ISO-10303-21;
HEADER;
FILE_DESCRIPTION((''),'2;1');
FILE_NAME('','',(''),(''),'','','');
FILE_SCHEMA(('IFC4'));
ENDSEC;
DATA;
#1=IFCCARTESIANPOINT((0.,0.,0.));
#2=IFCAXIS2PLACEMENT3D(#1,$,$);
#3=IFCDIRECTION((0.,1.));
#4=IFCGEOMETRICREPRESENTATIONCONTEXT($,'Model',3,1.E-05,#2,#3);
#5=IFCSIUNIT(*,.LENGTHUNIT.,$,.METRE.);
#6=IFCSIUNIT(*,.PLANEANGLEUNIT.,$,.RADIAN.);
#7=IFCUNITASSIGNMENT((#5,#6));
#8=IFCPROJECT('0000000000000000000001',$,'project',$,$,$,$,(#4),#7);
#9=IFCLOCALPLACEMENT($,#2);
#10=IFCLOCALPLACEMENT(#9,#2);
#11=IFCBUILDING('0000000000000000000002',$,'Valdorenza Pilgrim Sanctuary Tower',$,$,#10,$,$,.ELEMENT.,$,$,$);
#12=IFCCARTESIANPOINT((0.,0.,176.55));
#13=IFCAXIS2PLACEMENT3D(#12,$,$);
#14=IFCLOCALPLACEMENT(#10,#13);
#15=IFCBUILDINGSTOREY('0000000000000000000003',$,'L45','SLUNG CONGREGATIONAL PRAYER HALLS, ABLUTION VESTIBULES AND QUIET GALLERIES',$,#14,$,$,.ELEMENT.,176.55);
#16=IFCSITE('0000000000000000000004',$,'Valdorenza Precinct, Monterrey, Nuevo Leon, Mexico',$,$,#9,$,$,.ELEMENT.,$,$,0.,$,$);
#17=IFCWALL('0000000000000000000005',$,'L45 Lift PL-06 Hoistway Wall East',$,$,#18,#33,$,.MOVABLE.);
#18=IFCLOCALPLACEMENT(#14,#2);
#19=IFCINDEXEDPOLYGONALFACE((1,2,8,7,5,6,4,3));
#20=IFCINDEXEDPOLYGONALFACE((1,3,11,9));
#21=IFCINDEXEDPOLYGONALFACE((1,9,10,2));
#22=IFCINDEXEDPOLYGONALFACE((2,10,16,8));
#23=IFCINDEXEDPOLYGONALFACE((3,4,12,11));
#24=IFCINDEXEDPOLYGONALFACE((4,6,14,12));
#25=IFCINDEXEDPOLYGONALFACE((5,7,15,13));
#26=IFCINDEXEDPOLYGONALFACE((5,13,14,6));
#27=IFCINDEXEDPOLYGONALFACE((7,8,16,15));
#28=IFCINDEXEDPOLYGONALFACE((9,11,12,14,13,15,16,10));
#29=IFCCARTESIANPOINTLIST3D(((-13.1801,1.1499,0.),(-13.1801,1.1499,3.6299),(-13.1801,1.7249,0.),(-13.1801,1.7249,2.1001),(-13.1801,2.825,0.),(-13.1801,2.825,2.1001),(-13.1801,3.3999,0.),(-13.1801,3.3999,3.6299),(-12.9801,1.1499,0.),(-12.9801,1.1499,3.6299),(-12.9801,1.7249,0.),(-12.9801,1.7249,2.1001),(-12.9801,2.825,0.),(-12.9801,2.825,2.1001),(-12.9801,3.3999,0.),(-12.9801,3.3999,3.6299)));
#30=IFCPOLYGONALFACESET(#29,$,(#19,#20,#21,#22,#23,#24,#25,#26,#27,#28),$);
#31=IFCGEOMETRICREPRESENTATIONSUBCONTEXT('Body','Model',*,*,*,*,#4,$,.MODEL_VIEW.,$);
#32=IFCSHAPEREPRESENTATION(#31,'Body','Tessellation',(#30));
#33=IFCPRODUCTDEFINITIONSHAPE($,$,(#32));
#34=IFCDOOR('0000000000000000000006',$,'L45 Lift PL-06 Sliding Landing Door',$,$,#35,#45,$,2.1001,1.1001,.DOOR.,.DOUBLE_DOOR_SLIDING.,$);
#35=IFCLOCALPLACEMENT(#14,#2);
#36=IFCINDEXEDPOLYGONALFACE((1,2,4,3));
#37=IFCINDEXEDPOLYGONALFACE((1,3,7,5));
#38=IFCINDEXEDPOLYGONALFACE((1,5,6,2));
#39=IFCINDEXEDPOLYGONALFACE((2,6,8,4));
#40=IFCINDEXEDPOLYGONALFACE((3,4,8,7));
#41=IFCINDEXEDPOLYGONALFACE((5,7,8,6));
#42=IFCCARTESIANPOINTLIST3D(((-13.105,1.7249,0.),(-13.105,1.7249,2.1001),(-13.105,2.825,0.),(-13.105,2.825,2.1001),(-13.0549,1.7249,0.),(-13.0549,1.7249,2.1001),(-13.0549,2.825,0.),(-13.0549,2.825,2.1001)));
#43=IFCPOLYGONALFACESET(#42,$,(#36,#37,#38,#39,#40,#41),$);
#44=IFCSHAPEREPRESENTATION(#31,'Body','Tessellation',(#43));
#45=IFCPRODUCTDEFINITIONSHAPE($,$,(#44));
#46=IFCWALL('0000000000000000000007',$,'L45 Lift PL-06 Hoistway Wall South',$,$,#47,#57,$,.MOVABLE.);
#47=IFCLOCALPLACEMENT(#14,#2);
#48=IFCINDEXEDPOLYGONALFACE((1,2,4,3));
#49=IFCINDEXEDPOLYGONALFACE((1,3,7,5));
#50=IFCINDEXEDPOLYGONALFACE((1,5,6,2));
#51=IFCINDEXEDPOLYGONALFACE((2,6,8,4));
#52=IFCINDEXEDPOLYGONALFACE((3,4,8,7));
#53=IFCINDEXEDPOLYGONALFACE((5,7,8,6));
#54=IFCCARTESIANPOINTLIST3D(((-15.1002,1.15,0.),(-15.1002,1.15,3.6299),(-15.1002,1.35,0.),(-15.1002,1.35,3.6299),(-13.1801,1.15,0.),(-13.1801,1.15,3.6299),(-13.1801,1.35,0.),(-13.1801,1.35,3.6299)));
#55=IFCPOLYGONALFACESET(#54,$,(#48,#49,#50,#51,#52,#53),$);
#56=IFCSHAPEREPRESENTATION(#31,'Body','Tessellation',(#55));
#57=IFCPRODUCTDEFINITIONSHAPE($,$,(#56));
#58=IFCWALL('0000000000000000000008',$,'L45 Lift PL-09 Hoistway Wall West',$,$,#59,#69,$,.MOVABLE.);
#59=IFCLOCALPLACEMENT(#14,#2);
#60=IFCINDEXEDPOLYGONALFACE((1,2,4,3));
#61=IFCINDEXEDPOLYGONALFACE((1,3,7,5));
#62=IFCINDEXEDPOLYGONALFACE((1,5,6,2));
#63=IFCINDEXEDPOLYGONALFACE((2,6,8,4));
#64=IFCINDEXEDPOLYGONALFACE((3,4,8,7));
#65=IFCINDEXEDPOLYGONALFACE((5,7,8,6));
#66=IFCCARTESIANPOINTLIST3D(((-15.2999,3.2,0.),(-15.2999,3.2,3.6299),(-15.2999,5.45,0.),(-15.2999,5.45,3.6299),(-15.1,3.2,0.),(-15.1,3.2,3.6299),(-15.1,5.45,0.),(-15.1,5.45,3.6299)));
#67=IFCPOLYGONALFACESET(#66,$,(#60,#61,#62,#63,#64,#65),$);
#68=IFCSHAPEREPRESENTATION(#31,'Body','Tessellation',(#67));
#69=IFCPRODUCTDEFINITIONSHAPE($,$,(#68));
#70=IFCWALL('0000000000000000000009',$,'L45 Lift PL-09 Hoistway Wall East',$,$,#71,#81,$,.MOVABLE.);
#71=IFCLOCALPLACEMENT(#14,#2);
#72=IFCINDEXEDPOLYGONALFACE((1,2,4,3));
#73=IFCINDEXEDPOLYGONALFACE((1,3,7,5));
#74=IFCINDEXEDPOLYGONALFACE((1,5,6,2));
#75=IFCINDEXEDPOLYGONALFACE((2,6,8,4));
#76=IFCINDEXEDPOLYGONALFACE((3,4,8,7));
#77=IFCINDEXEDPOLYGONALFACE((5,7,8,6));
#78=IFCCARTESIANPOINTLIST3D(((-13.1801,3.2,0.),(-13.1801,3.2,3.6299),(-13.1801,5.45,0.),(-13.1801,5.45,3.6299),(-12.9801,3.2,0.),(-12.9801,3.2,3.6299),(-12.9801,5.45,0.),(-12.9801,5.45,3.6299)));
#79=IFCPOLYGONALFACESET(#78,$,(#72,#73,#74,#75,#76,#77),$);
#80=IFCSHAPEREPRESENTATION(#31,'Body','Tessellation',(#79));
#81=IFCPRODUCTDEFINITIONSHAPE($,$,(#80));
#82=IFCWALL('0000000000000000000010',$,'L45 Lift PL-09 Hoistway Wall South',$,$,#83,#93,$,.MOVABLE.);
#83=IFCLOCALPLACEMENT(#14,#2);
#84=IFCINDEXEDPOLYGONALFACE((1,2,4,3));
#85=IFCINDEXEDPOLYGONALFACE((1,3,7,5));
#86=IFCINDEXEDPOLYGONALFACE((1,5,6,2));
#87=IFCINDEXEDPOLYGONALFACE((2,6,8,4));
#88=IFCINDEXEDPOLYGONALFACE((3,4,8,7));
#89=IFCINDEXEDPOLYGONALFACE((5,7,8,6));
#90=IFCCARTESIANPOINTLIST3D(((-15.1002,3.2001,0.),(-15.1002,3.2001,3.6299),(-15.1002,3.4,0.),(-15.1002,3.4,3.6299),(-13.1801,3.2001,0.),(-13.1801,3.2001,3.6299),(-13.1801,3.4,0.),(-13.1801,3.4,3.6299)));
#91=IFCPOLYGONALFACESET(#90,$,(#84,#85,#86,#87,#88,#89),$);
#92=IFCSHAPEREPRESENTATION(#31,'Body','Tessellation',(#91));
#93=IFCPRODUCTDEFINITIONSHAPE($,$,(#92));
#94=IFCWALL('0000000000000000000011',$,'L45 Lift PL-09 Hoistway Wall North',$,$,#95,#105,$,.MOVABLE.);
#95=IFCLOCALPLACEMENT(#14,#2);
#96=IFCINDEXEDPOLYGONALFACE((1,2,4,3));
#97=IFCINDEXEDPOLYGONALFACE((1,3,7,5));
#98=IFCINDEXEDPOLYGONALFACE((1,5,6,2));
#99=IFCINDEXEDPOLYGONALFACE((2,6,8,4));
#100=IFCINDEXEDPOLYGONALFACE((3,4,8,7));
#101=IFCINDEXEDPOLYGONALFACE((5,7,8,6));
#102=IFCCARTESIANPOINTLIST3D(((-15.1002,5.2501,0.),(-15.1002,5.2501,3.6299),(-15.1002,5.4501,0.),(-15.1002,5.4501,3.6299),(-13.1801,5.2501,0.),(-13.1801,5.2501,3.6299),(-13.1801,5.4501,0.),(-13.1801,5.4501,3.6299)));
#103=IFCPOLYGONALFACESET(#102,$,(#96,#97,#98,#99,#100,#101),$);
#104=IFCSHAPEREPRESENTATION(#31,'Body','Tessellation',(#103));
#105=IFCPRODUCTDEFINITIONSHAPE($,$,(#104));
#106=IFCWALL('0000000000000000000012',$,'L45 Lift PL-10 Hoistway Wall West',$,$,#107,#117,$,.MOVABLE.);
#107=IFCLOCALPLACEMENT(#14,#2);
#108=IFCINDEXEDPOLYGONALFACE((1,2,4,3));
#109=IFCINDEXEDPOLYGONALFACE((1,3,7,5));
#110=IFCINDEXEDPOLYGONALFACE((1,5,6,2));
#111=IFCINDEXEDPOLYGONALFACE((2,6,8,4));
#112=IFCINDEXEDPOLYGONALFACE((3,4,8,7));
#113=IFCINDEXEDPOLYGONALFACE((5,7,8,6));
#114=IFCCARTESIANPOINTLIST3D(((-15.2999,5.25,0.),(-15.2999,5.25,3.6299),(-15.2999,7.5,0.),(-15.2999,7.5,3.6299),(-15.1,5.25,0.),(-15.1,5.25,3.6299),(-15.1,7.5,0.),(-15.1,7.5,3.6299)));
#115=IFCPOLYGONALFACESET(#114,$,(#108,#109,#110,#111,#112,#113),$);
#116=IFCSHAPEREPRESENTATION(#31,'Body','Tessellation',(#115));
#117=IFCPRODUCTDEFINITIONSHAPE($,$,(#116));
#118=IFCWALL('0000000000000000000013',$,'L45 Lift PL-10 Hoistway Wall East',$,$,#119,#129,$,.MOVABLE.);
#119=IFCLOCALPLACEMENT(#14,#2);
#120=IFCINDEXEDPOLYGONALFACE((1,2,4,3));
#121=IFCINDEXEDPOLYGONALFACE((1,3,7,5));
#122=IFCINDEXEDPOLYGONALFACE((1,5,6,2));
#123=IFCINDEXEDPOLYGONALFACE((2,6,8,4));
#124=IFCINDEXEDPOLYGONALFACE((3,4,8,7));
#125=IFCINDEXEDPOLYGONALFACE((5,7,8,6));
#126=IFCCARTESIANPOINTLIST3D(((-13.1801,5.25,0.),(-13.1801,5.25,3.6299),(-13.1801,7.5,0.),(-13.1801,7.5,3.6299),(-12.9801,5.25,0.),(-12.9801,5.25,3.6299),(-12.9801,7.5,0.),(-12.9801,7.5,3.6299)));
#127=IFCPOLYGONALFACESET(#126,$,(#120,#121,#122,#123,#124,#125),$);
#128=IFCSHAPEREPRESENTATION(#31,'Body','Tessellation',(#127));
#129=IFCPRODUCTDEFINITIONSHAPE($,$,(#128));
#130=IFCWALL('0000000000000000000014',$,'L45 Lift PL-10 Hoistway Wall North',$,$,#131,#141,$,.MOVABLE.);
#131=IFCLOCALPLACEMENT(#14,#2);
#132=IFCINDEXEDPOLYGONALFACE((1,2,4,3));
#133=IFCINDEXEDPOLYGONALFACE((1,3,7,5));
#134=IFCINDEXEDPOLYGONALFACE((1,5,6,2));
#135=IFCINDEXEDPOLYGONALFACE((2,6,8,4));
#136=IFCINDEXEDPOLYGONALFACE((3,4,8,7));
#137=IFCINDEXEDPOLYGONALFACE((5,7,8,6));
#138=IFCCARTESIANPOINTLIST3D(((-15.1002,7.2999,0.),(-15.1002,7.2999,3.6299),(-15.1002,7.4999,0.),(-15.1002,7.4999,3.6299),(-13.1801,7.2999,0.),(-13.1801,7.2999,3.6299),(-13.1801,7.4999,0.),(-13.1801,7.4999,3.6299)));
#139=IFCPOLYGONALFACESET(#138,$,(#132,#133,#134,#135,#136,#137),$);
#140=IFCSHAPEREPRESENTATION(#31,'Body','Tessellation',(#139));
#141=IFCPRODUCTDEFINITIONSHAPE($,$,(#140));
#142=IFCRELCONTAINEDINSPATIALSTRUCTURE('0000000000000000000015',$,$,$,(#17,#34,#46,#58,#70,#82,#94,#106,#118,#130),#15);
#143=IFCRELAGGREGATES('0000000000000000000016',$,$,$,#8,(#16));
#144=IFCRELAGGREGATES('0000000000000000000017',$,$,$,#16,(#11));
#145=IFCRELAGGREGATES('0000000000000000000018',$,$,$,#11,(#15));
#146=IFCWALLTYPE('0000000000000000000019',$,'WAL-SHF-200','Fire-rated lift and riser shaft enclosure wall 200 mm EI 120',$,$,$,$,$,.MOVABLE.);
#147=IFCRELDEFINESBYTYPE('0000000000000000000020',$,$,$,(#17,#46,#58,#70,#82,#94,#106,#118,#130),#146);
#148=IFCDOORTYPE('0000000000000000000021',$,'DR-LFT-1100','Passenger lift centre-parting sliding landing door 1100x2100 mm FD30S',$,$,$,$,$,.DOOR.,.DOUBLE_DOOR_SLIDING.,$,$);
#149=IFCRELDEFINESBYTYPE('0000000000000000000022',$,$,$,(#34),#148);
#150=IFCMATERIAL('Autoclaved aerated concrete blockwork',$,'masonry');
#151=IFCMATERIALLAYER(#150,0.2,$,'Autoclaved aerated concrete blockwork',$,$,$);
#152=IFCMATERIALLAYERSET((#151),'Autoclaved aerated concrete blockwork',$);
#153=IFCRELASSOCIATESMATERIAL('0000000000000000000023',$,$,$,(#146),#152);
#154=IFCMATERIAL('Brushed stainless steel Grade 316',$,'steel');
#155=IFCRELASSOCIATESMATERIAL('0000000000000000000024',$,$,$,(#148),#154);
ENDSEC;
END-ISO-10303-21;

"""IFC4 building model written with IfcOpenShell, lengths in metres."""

from ifc_helpers import new_model, si_unit, direction, frame, frame_2d, origin, place, context, subcontext, project, spatial, rectangle, extrude, material, layer, layer_set, type_object, element, fill, save


model = new_model("IFC4")

# Units and contexts
model_context = context("Model", 3, precision=1e-05, world=origin(), true_north=direction((0.0, 1.0)))
body_context = subcontext(model_context, "Body", "Model", "MODEL_VIEW")
ifc_project = project(units=[si_unit("LENGTHUNIT", "METRE"), si_unit("PLANEANGLEUNIT", "RADIAN")], contexts=[model_context])

# Site, building, storey
site_placement = place(None, origin())
site = spatial("IfcSite", under=ifc_project, at=site_placement, Name="Valdorenza Precinct, Monterrey, Nuevo Leon, Mexico", CompositionType="ELEMENT", RefElevation=0.0)
building_placement = place(site_placement, origin())
building = spatial("IfcBuilding", under=site, at=building_placement, Name="Valdorenza Pilgrim Sanctuary Tower", CompositionType="ELEMENT")
storey_placement = place(building_placement, frame((0.0, 0.0, 176.55)))
storey = spatial("IfcBuildingStorey", under=building, at=storey_placement, Name="L45", Description="SLUNG CONGREGATIONAL PRAYER HALLS, ABLUTION VESTIBULES AND QUIET GALLERIES", CompositionType="ELEMENT", Elevation=176.55)

# Shared definitions
ifc_material_1 = material(Name="Autoclaved aerated concrete blockwork", Category="masonry")
ifc_layer_1 = layer(ifc_material_1, 0.2, Name="Autoclaved aerated concrete blockwork")
ifc_layer_set_1 = layer_set([ifc_layer_1], Name="Autoclaved aerated concrete blockwork")
wall_type_1 = type_object("IfcWallType", Name="WAL-SHF-200", Description="Fire-rated lift and riser shaft enclosure wall 200 mm EI 120", PredefinedType="MOVABLE", material=ifc_layer_set_1)

# Wall, opening, door
wall_1_placement = place(storey_placement, frame((-13.0801, 1.1499, 0.0), z_axis=(0.0, 0.0, 1.0), x_axis=(0.0, 1.0, 0.0)))
wall_1 = element("IfcWall", 1, at=wall_1_placement, inside=storey, type_object=wall_type_1, Name="L45 Lift PL-06 Hoistway Wall East", PredefinedType="MOVABLE", context=body_context, shape_type="SweptSolid", body=[
    extrude(rectangle(XDim=2.25, YDim=0.2, at=frame_2d((1.125, 0.0))), origin(), (0.0, 0.0, 1.0), 3.6299),
])
opening_placement = place(wall_1_placement, frame((0.575, 0.0, 0.0)))
opening = element("IfcOpeningElement", 2, at=opening_placement, cuts=wall_1, PredefinedType="OPENING", context=body_context, shape_type="SweptSolid", body=[
    extrude(rectangle(XDim=1.1001, YDim=2.1001, at=frame_2d((0.55, 1.05))), frame((0.0, 0.1147, 0.0), z_axis=(0.0, -1.0, 0.0), x_axis=(1.0, 0.0, 0.0)), (0.0, 0.0, 1.0), 0.2297),
])
ifc_material_2 = material(Name="Brushed stainless steel Grade 316", Category="steel")
door_type = type_object("IfcDoorType", Name="DR-LFT-1100", Description="Passenger lift centre-parting sliding landing door 1100x2100 mm FD30S", OperationType="DOUBLE_DOOR_SLIDING", PredefinedType="DOOR", material=ifc_material_2)
door_placement = place(opening_placement, origin())
door = element("IfcDoor", 3, at=door_placement, inside=storey, type_object=door_type, Name="L45 Lift PL-06 Sliding Landing Door", OperationType="DOUBLE_DOOR_SLIDING", OverallHeight=2.1001, OverallWidth=1.1001, PredefinedType="DOOR", context=body_context, shape_type="SweptSolid", body=[
    extrude(rectangle(XDim=1.1001, YDim=2.1001, at=frame_2d((0.55, 1.05))), frame((0.0, 0.0249, 0.0), z_axis=(0.0, -1.0, 0.0), x_axis=(1.0, 0.0, 0.0)), (0.0, 0.0, 1.0), 0.05),
])
fill(opening, door)

# Walls
wall_2_placement = place(storey_placement, frame((-15.1001, 1.25, 0.0), z_axis=(0.0, 0.0, 1.0), x_axis=(1.0, 0.0, 0.0)))
element("IfcWall", 4, at=wall_2_placement, inside=storey, type_object=wall_type_1, Name="L45 Lift PL-06 Hoistway Wall South", PredefinedType="MOVABLE", context=body_context, shape_type="SweptSolid", body=[
    extrude(rectangle(XDim=1.9202, YDim=0.2, at=frame_2d((0.96, 0.0))), origin(), (0.0, 0.0, 1.0), 3.6299),
])
for number, where, z_axis, x_axis, name in (
    (5, (-15.2, 3.2, 0.0), (0.0, 0.0, 1.0), (0.0, 1.0, 0.0), "L45 Lift PL-09 Hoistway Wall West"),
    (6, (-13.0801, 3.2, 0.0), (0.0, 0.0, 1.0), (0.0, 1.0, 0.0), "L45 Lift PL-09 Hoistway Wall East"),
):
    element("IfcWall", number, at=place(storey_placement, frame(where, z_axis=z_axis, x_axis=x_axis)), inside=storey, type_object=wall_type_1, Name=name, PredefinedType="MOVABLE", context=body_context, shape_type="SweptSolid", body=[
        extrude(rectangle(XDim=2.25, YDim=0.2, at=frame_2d((1.125, 0.0))), origin(), (0.0, 0.0, 1.0), 3.6299),
    ])
for number, where, z_axis, x_axis, name in (
    (7, (-15.1001, 3.3, 0.0), (0.0, 0.0, 1.0), (1.0, 0.0, 0.0), "L45 Lift PL-09 Hoistway Wall South"),
    (8, (-15.1001, 5.3501, 0.0), (0.0, 0.0, 1.0), (1.0, 0.0, 0.0), "L45 Lift PL-09 Hoistway Wall North"),
):
    element("IfcWall", number, at=place(storey_placement, frame(where, z_axis=z_axis, x_axis=x_axis)), inside=storey, type_object=wall_type_1, Name=name, PredefinedType="MOVABLE", context=body_context, shape_type="SweptSolid", body=[
        extrude(rectangle(XDim=1.9202, YDim=0.2, at=frame_2d((0.96, 0.0))), origin(), (0.0, 0.0, 1.0), 3.6299),
    ])
for number, where, z_axis, x_axis, name in (
    (9, (-15.2, 5.25, 0.0), (0.0, 0.0, 1.0), (0.0, 1.0, 0.0), "L45 Lift PL-10 Hoistway Wall West"),
    (10, (-13.0801, 5.25, 0.0), (0.0, 0.0, 1.0), (0.0, 1.0, 0.0), "L45 Lift PL-10 Hoistway Wall East"),
):
    element("IfcWall", number, at=place(storey_placement, frame(where, z_axis=z_axis, x_axis=x_axis)), inside=storey, type_object=wall_type_1, Name=name, PredefinedType="MOVABLE", context=body_context, shape_type="SweptSolid", body=[
        extrude(rectangle(XDim=2.25, YDim=0.2, at=frame_2d((1.125, 0.0))), origin(), (0.0, 0.0, 1.0), 3.6299),
    ])
wall_3_placement = place(storey_placement, frame((-15.1001, 7.3999, 0.0), z_axis=(0.0, 0.0, 1.0), x_axis=(1.0, 0.0, 0.0)))
element("IfcWall", 11, at=wall_3_placement, inside=storey, type_object=wall_type_1, Name="L45 Lift PL-10 Hoistway Wall North", PredefinedType="MOVABLE", context=body_context, shape_type="SweptSolid", body=[
    extrude(rectangle(XDim=1.9202, YDim=0.2, at=frame_2d((0.96, 0.0))), origin(), (0.0, 0.0, 1.0), 3.6299),
])

save(model, "model.ifc")
